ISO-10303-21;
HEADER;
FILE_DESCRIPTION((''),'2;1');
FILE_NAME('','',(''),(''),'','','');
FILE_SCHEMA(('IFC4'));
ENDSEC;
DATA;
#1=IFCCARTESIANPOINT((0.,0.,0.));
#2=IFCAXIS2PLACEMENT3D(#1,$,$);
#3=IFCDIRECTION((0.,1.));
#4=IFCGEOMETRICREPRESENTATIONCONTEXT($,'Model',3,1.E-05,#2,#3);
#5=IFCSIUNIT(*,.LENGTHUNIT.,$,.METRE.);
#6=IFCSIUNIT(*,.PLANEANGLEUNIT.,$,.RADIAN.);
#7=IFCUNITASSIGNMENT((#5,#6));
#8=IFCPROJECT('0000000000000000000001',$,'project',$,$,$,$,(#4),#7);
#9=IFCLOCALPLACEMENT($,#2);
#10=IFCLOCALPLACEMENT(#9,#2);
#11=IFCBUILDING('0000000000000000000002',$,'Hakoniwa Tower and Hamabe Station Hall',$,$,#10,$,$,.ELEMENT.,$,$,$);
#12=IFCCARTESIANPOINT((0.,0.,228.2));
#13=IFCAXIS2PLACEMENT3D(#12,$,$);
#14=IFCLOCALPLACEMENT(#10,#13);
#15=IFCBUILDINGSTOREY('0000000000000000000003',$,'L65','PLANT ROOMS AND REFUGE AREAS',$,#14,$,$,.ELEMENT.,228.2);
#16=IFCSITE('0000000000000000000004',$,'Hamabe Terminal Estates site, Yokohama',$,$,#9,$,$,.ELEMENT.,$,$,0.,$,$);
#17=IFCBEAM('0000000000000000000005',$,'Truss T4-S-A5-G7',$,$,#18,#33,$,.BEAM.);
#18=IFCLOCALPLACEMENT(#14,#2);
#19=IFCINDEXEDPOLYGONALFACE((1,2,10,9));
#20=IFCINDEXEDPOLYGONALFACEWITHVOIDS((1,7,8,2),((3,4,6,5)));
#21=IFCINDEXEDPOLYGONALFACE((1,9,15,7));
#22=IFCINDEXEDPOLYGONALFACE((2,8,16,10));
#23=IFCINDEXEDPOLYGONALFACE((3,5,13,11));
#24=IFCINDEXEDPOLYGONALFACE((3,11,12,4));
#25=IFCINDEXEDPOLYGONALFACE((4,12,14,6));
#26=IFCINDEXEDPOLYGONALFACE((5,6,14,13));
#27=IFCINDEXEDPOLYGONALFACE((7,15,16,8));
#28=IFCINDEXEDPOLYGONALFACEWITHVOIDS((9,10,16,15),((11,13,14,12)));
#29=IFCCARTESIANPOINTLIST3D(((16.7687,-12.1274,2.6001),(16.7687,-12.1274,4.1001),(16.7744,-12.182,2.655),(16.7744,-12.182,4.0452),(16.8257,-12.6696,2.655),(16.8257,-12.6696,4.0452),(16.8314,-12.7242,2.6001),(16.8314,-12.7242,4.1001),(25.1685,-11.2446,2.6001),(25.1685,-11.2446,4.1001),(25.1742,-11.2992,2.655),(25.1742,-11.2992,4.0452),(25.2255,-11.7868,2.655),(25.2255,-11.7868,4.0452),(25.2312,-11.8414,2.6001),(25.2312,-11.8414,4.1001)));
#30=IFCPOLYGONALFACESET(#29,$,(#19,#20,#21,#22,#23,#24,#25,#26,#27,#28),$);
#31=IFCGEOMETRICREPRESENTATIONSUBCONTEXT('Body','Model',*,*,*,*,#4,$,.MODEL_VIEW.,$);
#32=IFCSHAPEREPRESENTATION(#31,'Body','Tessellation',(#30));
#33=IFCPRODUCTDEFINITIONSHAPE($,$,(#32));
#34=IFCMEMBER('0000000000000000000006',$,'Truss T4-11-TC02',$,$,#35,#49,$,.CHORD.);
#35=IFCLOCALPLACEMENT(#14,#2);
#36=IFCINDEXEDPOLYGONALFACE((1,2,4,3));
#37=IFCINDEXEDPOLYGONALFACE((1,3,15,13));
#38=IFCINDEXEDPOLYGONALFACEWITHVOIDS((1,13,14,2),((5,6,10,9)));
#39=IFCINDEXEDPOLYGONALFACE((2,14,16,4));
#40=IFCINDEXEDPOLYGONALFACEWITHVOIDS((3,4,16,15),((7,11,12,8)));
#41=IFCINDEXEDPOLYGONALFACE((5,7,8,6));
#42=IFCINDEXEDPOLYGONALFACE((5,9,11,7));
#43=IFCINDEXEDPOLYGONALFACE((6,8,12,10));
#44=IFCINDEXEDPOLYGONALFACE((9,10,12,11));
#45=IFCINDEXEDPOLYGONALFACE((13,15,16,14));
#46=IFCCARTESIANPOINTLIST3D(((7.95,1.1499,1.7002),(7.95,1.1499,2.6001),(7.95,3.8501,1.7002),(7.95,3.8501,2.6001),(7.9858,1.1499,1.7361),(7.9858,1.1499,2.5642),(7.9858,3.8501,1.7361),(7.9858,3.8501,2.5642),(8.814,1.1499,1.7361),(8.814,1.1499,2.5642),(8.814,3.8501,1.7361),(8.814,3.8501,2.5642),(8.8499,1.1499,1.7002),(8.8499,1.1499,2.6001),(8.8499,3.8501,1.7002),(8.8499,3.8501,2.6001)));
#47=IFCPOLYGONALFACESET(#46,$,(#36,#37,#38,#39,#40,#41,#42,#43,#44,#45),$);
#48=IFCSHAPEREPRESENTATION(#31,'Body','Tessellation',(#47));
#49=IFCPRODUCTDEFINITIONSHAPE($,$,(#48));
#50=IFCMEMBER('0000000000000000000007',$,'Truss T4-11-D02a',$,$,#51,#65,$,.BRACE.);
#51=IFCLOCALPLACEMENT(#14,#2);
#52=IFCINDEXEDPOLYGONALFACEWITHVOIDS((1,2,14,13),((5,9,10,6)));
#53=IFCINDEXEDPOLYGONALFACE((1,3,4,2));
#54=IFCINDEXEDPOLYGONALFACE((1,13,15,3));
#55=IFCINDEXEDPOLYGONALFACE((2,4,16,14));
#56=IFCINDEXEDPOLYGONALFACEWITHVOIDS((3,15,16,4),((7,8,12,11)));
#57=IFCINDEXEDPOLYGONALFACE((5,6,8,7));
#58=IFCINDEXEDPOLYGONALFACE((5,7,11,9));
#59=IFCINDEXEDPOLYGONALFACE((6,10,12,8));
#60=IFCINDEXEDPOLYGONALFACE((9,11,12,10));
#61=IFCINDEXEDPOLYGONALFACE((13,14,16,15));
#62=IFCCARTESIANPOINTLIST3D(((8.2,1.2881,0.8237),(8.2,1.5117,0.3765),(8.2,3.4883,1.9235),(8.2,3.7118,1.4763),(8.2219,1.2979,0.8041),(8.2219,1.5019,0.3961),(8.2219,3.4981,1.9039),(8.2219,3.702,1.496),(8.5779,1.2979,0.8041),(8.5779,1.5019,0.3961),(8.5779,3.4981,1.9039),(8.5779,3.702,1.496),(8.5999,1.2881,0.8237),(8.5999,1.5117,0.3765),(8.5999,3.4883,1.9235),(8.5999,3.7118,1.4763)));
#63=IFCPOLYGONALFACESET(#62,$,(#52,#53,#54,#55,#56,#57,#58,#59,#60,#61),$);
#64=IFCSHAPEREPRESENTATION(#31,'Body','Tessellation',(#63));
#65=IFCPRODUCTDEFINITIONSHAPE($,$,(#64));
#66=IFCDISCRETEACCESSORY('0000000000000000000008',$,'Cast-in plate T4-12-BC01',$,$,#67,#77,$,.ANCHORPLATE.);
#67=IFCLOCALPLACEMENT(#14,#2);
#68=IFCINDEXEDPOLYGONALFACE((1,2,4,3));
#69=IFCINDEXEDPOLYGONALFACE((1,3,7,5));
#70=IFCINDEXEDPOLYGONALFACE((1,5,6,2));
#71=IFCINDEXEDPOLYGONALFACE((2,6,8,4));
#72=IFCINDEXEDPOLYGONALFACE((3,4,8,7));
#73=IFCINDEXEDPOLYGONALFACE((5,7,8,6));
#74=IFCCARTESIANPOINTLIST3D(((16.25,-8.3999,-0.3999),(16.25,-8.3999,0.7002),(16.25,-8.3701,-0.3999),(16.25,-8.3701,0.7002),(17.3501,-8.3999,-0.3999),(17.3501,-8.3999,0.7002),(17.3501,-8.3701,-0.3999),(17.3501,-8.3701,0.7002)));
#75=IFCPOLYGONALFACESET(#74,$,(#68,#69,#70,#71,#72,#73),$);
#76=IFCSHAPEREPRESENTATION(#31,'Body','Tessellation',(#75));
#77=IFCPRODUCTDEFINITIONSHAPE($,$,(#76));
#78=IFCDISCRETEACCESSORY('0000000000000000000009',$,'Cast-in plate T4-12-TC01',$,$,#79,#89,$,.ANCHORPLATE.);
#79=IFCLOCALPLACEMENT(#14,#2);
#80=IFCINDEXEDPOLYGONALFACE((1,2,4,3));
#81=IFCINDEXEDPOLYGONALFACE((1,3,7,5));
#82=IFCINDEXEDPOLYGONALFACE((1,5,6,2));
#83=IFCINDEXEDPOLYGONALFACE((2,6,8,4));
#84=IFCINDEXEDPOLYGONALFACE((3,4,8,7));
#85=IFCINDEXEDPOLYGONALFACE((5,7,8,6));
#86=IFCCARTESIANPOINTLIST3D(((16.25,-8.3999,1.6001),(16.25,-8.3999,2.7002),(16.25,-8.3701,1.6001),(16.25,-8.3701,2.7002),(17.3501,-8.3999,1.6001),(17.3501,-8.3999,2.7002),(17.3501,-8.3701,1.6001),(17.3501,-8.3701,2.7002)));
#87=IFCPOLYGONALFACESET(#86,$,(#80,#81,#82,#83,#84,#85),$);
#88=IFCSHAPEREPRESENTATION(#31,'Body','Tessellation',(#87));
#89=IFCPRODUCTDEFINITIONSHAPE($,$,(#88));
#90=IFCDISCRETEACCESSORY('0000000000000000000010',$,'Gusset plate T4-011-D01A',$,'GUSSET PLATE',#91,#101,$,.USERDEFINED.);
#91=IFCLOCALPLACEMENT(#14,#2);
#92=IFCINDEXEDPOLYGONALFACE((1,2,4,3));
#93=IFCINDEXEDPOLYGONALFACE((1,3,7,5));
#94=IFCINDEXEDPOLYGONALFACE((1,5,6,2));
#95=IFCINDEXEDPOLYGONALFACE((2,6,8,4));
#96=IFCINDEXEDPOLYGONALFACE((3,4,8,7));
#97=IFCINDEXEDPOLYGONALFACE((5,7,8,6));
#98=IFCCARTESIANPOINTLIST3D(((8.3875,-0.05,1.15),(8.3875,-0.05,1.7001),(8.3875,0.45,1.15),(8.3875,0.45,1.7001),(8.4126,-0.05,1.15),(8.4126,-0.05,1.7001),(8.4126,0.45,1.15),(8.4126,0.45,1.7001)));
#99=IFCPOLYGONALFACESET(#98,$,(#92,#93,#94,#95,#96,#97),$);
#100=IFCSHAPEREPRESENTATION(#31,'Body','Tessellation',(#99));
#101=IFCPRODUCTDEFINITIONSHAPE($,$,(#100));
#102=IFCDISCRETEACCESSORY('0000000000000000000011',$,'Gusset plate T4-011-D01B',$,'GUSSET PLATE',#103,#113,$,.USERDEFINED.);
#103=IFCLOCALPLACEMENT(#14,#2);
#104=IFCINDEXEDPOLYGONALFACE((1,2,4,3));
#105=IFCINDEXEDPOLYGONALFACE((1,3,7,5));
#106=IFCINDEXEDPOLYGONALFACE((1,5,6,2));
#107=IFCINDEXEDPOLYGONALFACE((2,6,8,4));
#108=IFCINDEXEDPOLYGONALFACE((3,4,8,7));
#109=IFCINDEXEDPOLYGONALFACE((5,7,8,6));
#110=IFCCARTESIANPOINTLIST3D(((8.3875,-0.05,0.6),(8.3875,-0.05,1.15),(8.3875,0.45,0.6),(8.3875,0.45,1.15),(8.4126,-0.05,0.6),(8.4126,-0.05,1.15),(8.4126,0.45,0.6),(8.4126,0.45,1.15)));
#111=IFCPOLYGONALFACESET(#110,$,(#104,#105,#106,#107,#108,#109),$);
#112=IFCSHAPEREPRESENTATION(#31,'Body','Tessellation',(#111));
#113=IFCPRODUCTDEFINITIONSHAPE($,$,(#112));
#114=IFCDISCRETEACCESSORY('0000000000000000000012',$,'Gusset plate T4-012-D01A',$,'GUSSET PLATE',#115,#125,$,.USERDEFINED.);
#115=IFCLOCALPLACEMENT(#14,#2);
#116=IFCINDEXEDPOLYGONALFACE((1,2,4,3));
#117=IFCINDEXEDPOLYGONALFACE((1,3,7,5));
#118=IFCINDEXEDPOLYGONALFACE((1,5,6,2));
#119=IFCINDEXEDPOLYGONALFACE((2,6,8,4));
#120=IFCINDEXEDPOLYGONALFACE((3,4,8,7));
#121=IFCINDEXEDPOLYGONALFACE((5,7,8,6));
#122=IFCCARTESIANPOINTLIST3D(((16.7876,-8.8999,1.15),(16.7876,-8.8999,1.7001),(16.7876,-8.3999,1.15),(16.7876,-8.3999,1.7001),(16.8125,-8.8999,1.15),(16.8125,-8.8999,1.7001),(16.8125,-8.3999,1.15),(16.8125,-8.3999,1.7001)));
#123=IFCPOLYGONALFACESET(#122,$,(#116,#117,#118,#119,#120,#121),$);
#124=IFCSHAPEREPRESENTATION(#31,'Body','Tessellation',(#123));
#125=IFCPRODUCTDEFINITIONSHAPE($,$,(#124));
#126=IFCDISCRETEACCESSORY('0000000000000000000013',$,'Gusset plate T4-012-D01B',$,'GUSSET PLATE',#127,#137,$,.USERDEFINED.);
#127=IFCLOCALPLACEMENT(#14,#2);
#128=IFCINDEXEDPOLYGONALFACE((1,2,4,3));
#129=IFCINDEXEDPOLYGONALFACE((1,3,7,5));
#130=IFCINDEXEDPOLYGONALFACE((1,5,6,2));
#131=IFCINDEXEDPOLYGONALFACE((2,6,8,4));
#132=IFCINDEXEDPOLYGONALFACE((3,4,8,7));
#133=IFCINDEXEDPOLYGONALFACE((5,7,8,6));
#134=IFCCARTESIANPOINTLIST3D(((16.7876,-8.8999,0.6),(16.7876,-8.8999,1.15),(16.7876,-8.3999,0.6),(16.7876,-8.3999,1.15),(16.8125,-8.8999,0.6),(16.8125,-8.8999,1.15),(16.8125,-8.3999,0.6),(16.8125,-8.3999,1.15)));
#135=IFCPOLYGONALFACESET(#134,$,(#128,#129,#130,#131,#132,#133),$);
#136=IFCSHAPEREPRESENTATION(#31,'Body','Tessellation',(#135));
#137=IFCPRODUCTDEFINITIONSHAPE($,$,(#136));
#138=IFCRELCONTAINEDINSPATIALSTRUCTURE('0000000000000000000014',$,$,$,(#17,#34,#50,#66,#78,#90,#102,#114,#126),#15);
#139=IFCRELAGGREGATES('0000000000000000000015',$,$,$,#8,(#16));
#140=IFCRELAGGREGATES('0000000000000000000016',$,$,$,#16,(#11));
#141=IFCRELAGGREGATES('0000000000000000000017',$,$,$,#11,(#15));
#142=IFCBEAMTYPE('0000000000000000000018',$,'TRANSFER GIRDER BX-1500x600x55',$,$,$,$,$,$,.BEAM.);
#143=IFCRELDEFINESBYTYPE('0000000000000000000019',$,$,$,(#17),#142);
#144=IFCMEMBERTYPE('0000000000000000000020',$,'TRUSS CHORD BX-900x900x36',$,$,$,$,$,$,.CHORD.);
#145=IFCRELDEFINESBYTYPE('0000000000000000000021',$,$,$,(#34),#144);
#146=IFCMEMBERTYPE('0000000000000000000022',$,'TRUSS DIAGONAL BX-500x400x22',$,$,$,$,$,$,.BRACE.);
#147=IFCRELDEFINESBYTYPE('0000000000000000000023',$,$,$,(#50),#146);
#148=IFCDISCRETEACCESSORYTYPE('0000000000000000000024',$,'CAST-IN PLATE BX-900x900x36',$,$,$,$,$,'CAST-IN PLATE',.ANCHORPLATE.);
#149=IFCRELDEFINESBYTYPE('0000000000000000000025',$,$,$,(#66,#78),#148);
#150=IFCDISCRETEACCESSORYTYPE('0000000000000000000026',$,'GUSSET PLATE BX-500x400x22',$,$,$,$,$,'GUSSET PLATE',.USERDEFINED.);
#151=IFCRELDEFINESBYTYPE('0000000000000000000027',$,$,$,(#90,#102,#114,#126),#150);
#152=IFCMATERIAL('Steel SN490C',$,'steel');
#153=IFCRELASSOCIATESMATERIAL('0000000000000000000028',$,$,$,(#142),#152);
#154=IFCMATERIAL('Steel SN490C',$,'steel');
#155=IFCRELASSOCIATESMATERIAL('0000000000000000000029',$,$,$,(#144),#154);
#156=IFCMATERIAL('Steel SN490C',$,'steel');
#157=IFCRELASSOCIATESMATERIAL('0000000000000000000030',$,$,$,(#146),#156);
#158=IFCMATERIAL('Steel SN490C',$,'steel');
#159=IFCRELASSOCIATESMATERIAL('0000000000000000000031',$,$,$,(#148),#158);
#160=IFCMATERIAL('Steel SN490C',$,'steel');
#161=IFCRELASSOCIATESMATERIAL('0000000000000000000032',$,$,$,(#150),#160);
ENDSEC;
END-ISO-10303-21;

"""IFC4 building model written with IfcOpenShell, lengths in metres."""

from ifc_helpers import new_model, si_unit, direction, frame, origin, origin_2d, place, context, subcontext, project, spatial, rectangle, hollow_rectangle, extrude, material, material_profile, profile_set, type_object, element, save


model = new_model("IFC4")

# Units and contexts
model_context = context("Model", 3, precision=1e-05, world=origin(), true_north=direction((0.0, 1.0)))
body_context = subcontext(model_context, "Body", "Model", "MODEL_VIEW")
ifc_project = project(units=[si_unit("LENGTHUNIT", "METRE"), si_unit("PLANEANGLEUNIT", "RADIAN")], contexts=[model_context])

# Site, building, storey
site_placement = place(None, origin())
site = spatial("IfcSite", under=ifc_project, at=site_placement, Name="Hamabe Terminal Estates site, Yokohama", CompositionType="ELEMENT", RefElevation=0.0)
building_placement = place(site_placement, origin())
building = spatial("IfcBuilding", under=site, at=building_placement, Name="Hakoniwa Tower and Hamabe Station Hall", CompositionType="ELEMENT")
storey_placement = place(building_placement, frame((0.0, 0.0, 228.2)))
storey = spatial("IfcBuildingStorey", under=building, at=storey_placement, Name="L65", Description="PLANT ROOMS AND REFUGE AREAS", CompositionType="ELEMENT", Elevation=228.2)

# Beam
ifc_material_1 = material(Name="Steel SN490C", Category="steel")
ifc_material_profile_1 = material_profile(ifc_material_1, hollow_rectangle(XDim=0.6001, YDim=1.5, WallThickness=0.0549, at=origin_2d()), Name="BX-1500x600x55")
ifc_profile_set_1 = profile_set([ifc_material_profile_1], Name="Steel SN490C")
beam_type = type_object("IfcBeamType", Name="TRANSFER GIRDER BX-1500x600x55", PredefinedType="BEAM", material=ifc_profile_set_1)
beam_placement = place(storey_placement, frame((16.8, -12.4258, 3.3501), z_axis=(0.994523, 0.104522, 0.0), x_axis=(-0.104522, 0.994523, 0.0)))
element("IfcBeam", 1, at=beam_placement, inside=storey, type_object=beam_type, Name="Truss T4-S-A5-G7", PredefinedType="BEAM", context=body_context, shape_type="SweptSolid", body=[
    extrude(hollow_rectangle(XDim=0.6001, YDim=1.5, WallThickness=0.0549, at=origin_2d()), origin(), (0.0, 0.0, 1.0), 8.446),
])

# Members
ifc_material_2 = material(Name="Steel SN490C", Category="steel")
ifc_material_profile_2 = material_profile(ifc_material_2, hollow_rectangle(XDim=0.8999, YDim=0.8999, WallThickness=0.0359, at=origin_2d()), Name="BX-900x900x36")
ifc_profile_set_2 = profile_set([ifc_material_profile_2], Name="Steel SN490C")
member_type_1 = type_object("IfcMemberType", Name="TRUSS CHORD BX-900x900x36", PredefinedType="CHORD", material=ifc_profile_set_2)
member_1_placement = place(storey_placement, frame((8.3999, 1.1499, 2.1501), z_axis=(0.0, 1.0, 0.0), x_axis=(-1.0, 0.0, 0.0)))
element("IfcMember", 2, at=member_1_placement, inside=storey, type_object=member_type_1, Name="Truss T4-11-TC02", PredefinedType="CHORD", context=body_context, shape_type="SweptSolid", body=[
    extrude(hollow_rectangle(XDim=0.8999, YDim=0.8999, WallThickness=0.0359, at=origin_2d()), origin(), (0.0, 0.0, 1.0), 2.7002),
])
ifc_material_3 = material(Name="Steel SN490C", Category="steel")
ifc_material_profile_3 = material_profile(ifc_material_3, hollow_rectangle(XDim=0.3999, YDim=0.5, WallThickness=0.022, at=origin_2d()), Name="BX-500x400x22")
ifc_profile_set_3 = profile_set([ifc_material_profile_3], Name="Steel SN490C")
member_type_2 = type_object("IfcMemberType", Name="TRUSS DIAGONAL BX-500x400x22", PredefinedType="BRACE", material=ifc_profile_set_3)
member_2_placement = place(storey_placement, frame((8.3999, 1.3999, 0.6001), z_axis=(0.0, 0.894467, 0.447134), x_axis=(-1.0, 0.0, 0.0)))
element("IfcMember", 3, at=member_2_placement, inside=storey, type_object=member_type_2, Name="Truss T4-11-D02a", PredefinedType="BRACE", context=body_context, shape_type="SweptSolid", body=[
    extrude(hollow_rectangle(XDim=0.3999, YDim=0.5, WallThickness=0.022, at=origin_2d()), origin(), (0.0, 0.0, 1.0), 2.4597),
])

# Discrete accessories
ifc_material_4 = material(Name="Steel SN490C", Category="steel")
ifc_material_profile_4 = material_profile(ifc_material_4, rectangle(XDim=1.1001, YDim=1.1001, at=origin_2d()), Name="CAST-IN PLATE BX-900x900x36")
ifc_profile_set_4 = profile_set([ifc_material_profile_4], Name="Steel SN490C")
discrete_accessory_type_1 = type_object("IfcDiscreteAccessoryType", Name="CAST-IN PLATE BX-900x900x36", ElementType="CAST-IN PLATE", PredefinedType="ANCHORPLATE", material=ifc_profile_set_4)
for number, where, z_axis, x_axis, name in (
    (4, (16.8, -8.3701, 0.1501), (0.0, -1.0, 0.0), (1.0, 0.0, 0.0), "Cast-in plate T4-12-BC01"),
    (5, (16.8, -8.3701, 2.1501), (0.0, -1.0, 0.0), (1.0, 0.0, 0.0), "Cast-in plate T4-12-TC01"),
):
    element("IfcDiscreteAccessory", number, at=place(storey_placement, frame(where, z_axis=z_axis, x_axis=x_axis)), inside=storey, type_object=discrete_accessory_type_1, Name=name, PredefinedType="ANCHORPLATE", context=body_context, shape_type="SweptSolid", body=[
        extrude(rectangle(XDim=1.1001, YDim=1.1001, at=origin_2d()), origin(), (0.0, 0.0, 1.0), 0.0298),
    ])
ifc_material_5 = material(Name="Steel SN490C", Category="steel")
ifc_material_profile_5 = material_profile(ifc_material_5, rectangle(XDim=0.5, YDim=0.55, at=origin_2d()), Name="GUSSET PLATE BX-500x400x22")
ifc_profile_set_5 = profile_set([ifc_material_profile_5], Name="Steel SN490C")
discrete_accessory_type_2 = type_object("IfcDiscreteAccessoryType", Name="GUSSET PLATE BX-500x400x22", ElementType="GUSSET PLATE", PredefinedType="USERDEFINED", material=ifc_profile_set_5)
for number, where, z_axis, x_axis, name in (
    (6, (8.4126, 0.2, 1.425), (-1.0, 0.0, 0.0), (0.0, -1.0, 0.0), "Gusset plate T4-011-D01A"),
    (7, (8.4126, 0.2, 0.875), (-1.0, 0.0, 0.0), (0.0, -1.0, 0.0), "Gusset plate T4-011-D01B"),
):
    element("IfcDiscreteAccessory", number, at=place(storey_placement, frame(where, z_axis=z_axis, x_axis=x_axis)), inside=storey, type_object=discrete_accessory_type_2, Name=name, ObjectType="GUSSET PLATE", PredefinedType="USERDEFINED", context=body_context, shape_type="SweptSolid", body=[
        extrude(rectangle(XDim=0.5, YDim=0.55, at=origin_2d()), origin(), (0.0, 0.0, 1.0), 0.0251),
    ])
for number, where, z_axis, x_axis, name in (
    (8, (16.8125, -8.6499, 1.425), (-1.0, 0.0, 0.0), (0.0, -1.0, 0.0), "Gusset plate T4-012-D01A"),
    (9, (16.8125, -8.6499, 0.875), (-1.0, 0.0, 0.0), (0.0, -1.0, 0.0), "Gusset plate T4-012-D01B"),
):
    element("IfcDiscreteAccessory", number, at=place(storey_placement, frame(where, z_axis=z_axis, x_axis=x_axis)), inside=storey, type_object=discrete_accessory_type_2, Name=name, ObjectType="GUSSET PLATE", PredefinedType="USERDEFINED", context=body_context, shape_type="SweptSolid", body=[
        extrude(rectangle(XDim=0.5, YDim=0.55, at=origin_2d()), origin(), (0.0, 0.0, 1.0), 0.0249),
    ])

save(model, "model.ifc")
